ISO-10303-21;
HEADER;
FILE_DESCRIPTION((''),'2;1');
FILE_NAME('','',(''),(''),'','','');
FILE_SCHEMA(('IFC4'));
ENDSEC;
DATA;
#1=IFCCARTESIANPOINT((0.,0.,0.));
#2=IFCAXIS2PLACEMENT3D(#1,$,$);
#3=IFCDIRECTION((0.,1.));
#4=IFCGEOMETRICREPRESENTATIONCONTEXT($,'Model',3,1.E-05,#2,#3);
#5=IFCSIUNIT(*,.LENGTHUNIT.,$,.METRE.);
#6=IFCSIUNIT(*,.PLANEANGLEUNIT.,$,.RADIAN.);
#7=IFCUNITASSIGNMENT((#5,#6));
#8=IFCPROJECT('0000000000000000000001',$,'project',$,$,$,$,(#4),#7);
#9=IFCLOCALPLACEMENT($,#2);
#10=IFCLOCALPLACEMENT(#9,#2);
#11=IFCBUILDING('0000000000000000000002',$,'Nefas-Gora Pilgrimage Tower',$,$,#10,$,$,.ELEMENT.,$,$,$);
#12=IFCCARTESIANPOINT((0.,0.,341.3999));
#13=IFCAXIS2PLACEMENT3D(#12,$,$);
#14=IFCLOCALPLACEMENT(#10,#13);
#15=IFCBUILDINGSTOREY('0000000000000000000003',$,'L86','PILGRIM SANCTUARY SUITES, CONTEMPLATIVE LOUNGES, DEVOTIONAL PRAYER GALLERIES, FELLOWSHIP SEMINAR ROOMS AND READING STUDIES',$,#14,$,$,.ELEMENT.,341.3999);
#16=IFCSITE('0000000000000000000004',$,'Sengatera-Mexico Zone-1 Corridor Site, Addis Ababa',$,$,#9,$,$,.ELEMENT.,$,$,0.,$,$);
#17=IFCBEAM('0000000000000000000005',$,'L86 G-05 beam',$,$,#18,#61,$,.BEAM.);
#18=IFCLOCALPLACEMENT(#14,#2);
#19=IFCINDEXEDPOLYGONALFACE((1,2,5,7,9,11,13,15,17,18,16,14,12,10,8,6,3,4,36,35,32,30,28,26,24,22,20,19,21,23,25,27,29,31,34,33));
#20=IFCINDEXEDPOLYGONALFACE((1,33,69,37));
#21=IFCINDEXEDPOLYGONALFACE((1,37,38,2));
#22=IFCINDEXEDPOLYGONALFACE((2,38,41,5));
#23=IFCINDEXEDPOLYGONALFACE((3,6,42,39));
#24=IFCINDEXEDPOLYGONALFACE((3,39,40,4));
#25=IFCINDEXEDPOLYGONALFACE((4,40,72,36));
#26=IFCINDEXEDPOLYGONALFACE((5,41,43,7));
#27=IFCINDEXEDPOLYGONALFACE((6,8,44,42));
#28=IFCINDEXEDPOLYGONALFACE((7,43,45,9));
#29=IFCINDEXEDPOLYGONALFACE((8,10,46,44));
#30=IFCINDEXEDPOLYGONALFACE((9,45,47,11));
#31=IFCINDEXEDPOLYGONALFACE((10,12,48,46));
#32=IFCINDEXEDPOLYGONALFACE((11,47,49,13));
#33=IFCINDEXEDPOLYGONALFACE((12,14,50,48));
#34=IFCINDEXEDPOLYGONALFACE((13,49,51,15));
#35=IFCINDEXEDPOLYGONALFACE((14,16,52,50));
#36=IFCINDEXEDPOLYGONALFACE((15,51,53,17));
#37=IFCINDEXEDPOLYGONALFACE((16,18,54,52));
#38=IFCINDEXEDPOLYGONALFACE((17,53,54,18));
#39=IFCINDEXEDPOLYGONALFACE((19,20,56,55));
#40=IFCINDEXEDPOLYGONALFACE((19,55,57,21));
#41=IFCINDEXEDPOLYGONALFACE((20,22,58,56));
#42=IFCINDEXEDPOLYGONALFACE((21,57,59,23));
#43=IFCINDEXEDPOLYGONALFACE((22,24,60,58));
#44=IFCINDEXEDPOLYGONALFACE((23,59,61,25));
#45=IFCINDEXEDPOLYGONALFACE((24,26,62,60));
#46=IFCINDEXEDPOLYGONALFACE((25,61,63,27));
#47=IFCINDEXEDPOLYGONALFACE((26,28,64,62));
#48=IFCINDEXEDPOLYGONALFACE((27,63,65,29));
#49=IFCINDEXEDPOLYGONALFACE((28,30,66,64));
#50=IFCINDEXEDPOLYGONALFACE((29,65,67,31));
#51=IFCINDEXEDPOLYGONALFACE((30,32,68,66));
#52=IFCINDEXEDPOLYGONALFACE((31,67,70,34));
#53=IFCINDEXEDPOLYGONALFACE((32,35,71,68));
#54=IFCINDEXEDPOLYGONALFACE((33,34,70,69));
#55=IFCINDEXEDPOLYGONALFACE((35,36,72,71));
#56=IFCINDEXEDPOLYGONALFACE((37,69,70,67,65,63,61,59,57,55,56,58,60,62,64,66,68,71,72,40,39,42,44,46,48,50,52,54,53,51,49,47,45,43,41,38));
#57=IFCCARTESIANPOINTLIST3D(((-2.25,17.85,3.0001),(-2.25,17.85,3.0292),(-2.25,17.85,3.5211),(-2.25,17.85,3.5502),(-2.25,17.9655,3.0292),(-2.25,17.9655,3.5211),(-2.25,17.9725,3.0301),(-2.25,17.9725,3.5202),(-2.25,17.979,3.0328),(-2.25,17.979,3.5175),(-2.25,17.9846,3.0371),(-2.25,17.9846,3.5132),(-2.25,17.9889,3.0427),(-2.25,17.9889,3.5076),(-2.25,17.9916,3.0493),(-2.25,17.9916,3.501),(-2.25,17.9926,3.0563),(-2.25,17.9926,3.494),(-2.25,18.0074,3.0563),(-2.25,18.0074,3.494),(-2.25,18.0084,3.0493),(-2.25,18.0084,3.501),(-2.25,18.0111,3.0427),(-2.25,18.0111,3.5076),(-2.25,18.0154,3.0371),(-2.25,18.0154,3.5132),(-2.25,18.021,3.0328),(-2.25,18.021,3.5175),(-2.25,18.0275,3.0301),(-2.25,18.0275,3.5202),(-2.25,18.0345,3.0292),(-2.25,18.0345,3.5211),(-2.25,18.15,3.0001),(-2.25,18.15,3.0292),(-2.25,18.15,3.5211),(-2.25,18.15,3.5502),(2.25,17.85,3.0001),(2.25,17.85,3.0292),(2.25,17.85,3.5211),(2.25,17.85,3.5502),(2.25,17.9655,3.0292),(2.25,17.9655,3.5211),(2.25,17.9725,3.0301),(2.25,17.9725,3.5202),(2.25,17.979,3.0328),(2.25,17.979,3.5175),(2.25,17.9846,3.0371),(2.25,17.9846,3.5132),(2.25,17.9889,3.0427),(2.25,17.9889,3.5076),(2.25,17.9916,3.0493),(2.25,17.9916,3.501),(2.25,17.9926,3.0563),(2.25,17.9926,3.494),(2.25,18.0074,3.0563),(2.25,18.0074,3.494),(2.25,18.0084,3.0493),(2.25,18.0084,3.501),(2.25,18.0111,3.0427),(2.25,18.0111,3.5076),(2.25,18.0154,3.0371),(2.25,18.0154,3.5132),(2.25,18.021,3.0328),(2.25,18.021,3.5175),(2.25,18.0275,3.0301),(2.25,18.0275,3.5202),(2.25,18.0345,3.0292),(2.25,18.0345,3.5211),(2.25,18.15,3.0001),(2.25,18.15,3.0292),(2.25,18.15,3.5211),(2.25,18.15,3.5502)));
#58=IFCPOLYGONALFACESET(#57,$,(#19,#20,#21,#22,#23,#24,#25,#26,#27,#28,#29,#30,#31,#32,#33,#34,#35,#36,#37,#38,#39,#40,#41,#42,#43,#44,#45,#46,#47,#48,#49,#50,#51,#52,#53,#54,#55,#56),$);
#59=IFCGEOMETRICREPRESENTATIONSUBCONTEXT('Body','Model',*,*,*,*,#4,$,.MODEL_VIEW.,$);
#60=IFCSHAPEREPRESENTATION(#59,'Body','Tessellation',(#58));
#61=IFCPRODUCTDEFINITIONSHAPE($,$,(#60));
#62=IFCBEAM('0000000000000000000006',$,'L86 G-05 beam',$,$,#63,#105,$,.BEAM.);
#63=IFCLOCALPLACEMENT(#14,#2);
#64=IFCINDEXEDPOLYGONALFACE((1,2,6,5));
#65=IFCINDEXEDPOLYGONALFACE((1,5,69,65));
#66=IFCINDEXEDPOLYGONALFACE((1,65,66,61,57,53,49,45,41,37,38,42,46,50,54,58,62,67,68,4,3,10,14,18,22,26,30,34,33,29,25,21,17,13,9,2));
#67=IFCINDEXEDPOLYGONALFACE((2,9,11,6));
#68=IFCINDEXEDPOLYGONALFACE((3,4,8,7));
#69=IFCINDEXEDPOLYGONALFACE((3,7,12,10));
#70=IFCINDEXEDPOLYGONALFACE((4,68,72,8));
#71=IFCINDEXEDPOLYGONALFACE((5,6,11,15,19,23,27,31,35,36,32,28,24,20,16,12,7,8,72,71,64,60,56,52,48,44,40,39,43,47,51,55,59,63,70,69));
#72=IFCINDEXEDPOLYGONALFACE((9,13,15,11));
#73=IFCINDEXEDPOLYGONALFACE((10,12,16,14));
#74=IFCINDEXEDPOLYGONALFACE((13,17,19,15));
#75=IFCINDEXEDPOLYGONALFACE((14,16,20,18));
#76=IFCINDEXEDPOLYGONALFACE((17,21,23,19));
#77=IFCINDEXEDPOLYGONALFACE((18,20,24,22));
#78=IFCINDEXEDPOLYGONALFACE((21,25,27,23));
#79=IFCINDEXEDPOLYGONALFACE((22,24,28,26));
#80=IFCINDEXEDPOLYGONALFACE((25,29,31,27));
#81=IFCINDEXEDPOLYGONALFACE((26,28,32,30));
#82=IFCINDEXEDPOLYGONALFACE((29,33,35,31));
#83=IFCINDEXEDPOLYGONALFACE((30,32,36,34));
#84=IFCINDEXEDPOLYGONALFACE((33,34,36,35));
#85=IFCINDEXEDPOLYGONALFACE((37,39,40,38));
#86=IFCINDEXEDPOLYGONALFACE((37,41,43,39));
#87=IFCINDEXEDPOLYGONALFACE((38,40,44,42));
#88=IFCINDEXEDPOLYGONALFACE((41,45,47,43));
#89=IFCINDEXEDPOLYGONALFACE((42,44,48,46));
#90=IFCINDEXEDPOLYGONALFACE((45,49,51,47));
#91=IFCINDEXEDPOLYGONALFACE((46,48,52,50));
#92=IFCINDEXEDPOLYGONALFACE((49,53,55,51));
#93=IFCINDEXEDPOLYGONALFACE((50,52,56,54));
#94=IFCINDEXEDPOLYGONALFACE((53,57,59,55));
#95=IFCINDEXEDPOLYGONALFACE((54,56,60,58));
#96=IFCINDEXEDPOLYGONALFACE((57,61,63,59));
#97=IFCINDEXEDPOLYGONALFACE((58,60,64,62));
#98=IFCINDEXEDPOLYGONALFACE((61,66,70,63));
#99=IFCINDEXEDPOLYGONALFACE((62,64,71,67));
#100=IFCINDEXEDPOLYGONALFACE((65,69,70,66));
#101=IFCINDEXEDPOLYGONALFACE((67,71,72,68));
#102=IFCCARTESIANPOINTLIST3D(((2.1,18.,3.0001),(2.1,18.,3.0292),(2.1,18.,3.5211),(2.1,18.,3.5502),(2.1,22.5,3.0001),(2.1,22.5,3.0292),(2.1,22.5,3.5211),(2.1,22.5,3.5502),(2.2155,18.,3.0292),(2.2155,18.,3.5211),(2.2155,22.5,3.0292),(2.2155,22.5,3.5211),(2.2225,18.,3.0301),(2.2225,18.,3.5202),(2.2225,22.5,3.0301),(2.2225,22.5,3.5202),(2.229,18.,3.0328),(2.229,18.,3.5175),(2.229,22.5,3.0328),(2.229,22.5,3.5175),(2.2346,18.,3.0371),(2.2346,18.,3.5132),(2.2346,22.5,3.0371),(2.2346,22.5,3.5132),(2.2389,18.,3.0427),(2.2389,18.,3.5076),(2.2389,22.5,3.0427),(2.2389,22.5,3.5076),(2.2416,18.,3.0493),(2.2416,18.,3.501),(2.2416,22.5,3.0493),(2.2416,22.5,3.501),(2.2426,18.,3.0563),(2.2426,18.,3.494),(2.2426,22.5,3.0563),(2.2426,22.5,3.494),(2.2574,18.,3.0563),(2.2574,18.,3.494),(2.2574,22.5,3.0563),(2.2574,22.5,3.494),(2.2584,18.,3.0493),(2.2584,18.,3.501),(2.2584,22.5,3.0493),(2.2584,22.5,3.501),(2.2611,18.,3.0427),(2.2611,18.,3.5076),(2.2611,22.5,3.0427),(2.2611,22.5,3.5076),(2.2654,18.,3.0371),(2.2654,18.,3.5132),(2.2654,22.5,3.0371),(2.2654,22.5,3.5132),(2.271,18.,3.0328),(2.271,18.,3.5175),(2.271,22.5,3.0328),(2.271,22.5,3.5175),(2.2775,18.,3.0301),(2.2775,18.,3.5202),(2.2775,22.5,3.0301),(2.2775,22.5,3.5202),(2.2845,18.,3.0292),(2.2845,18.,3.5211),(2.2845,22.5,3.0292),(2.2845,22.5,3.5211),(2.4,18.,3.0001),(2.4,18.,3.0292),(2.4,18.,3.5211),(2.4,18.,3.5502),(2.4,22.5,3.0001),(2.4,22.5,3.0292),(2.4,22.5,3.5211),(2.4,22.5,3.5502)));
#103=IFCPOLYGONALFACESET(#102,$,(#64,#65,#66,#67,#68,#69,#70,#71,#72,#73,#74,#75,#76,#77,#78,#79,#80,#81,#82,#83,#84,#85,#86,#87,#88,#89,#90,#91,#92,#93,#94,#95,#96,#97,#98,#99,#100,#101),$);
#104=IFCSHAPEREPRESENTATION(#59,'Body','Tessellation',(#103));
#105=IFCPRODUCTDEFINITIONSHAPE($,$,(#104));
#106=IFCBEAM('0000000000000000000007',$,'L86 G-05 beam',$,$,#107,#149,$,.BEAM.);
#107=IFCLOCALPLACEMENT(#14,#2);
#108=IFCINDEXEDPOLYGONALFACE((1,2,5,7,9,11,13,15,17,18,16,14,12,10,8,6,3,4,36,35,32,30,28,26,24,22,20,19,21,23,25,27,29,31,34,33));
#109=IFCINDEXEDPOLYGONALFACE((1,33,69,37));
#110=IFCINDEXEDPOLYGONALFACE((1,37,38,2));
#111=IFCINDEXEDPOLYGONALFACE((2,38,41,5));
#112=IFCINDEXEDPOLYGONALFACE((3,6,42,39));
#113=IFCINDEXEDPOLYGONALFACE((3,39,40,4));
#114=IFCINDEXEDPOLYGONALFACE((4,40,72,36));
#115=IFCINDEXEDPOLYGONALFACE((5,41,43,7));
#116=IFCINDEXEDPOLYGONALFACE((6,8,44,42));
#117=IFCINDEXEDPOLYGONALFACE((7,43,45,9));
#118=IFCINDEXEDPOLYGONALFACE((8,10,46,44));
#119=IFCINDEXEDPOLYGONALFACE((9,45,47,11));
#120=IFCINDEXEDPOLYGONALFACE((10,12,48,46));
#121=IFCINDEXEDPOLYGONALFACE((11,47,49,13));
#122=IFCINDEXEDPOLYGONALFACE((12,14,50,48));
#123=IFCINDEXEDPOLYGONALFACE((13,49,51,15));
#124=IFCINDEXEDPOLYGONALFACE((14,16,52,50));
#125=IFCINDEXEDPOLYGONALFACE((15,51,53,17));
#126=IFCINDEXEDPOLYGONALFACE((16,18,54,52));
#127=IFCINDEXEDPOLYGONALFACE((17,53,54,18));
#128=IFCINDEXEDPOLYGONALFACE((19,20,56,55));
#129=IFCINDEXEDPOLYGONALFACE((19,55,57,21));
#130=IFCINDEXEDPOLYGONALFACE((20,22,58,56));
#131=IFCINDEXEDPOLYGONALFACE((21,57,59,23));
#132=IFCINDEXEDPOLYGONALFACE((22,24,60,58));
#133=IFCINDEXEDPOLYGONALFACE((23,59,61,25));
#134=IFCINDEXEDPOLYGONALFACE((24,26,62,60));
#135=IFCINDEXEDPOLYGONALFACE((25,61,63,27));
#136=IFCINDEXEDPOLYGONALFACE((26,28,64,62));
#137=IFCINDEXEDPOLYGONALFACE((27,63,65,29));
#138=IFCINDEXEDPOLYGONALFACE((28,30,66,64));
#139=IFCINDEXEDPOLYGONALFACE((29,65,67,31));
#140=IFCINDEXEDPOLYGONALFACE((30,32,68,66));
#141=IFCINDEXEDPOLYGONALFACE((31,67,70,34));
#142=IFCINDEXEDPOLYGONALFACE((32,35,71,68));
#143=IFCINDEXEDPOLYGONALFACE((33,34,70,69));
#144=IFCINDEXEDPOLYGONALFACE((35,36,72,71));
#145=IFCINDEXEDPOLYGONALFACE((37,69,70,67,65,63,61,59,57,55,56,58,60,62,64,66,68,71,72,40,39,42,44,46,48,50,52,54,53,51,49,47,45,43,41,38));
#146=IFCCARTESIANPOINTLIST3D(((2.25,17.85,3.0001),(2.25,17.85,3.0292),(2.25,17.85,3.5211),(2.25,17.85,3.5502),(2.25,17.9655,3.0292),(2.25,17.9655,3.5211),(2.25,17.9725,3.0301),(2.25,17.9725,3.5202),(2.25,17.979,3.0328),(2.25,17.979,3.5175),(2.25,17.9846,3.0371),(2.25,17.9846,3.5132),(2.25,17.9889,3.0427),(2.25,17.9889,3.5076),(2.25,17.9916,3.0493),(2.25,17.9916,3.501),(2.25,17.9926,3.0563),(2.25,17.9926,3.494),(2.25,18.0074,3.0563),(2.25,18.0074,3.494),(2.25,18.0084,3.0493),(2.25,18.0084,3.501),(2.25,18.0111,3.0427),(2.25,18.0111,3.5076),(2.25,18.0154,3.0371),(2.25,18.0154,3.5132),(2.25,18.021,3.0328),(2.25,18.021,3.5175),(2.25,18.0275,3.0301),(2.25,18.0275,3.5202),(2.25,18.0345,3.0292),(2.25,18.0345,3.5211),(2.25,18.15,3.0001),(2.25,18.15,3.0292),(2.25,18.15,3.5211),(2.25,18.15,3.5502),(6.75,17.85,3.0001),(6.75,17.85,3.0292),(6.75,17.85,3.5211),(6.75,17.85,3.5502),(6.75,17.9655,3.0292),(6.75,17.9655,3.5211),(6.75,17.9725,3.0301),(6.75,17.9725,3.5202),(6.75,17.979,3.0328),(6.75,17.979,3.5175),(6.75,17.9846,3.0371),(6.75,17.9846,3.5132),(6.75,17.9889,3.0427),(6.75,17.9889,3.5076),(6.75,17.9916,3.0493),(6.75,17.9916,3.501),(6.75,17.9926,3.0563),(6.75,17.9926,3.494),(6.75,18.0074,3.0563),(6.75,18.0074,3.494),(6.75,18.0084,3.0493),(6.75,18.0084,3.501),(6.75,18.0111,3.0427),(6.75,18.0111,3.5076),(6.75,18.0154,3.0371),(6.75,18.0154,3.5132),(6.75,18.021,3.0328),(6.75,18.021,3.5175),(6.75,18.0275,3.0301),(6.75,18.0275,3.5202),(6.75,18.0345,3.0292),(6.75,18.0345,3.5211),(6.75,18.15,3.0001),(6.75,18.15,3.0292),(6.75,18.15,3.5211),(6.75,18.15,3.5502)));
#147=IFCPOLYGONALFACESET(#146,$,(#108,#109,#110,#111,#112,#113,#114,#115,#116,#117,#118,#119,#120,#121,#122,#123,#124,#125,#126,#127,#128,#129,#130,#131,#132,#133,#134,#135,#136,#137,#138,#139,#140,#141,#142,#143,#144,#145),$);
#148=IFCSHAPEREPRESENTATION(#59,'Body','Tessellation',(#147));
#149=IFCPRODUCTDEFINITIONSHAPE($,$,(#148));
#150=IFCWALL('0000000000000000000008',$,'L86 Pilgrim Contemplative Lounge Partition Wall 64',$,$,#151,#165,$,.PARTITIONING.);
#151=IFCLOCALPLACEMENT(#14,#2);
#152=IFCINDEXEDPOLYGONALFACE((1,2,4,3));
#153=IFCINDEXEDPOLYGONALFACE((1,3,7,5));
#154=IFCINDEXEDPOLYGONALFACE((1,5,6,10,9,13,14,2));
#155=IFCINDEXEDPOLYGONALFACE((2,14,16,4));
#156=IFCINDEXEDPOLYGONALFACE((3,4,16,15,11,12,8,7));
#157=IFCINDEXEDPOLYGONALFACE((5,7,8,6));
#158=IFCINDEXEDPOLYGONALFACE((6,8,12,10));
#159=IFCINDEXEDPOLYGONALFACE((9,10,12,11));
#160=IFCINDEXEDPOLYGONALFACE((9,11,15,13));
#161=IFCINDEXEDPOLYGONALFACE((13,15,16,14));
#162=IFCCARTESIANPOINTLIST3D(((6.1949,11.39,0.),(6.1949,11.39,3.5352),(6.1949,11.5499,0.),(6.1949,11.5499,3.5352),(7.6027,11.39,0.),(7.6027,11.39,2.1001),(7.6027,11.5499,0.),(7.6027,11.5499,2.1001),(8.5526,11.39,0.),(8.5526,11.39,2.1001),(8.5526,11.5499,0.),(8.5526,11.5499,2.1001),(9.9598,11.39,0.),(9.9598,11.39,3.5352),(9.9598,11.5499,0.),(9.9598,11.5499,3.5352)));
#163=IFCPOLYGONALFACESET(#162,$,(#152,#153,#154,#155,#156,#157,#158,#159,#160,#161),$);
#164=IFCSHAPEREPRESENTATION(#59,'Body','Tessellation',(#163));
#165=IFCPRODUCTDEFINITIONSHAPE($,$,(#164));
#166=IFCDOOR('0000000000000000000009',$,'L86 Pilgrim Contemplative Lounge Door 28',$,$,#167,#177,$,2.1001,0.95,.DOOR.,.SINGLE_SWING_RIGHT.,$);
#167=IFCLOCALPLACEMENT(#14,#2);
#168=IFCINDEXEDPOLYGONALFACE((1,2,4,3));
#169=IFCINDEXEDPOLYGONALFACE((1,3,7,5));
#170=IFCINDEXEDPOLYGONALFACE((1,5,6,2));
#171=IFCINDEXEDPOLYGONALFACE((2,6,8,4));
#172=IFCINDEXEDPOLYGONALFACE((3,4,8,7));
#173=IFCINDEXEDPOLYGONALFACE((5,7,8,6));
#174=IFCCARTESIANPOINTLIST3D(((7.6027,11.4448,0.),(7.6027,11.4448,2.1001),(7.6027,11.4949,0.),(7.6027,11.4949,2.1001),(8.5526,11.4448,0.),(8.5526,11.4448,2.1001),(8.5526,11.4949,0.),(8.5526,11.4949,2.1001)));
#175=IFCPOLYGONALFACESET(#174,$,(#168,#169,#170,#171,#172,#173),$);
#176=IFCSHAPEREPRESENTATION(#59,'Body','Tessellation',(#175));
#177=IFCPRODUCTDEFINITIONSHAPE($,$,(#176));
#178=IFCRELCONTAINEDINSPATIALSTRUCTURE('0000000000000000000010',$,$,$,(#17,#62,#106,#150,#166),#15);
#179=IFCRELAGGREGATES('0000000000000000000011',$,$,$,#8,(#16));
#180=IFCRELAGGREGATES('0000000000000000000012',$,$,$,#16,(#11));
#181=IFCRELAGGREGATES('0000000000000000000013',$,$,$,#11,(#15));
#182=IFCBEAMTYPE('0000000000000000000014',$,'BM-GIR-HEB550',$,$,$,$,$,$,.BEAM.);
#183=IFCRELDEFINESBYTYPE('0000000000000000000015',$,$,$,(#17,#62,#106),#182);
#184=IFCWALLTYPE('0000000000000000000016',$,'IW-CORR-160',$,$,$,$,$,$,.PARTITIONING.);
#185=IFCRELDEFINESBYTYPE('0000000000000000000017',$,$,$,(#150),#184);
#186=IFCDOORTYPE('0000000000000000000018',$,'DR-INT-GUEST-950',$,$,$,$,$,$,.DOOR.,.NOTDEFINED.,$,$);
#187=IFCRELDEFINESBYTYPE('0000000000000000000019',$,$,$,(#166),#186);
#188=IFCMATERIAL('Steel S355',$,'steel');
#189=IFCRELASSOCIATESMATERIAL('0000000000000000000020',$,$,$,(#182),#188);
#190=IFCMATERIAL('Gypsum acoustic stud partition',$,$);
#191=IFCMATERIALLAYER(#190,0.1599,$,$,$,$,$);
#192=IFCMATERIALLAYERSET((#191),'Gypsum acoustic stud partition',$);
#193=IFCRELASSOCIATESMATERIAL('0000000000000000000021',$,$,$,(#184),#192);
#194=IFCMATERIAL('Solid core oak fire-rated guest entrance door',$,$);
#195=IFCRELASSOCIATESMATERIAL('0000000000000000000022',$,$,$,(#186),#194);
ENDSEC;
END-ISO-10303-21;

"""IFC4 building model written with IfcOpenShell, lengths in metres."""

from ifc_helpers import new_model, si_unit, direction, frame, frame_2d, origin, origin_2d, place, context, subcontext, project, spatial, rectangle, i_section, extrude, source, transform, mapped, material, layer, layer_set, material_profile, profile_set, type_object, element, fill, save


model = new_model("IFC4")

# Units and contexts
model_context = context("Model", 3, precision=1e-05, world=origin(), true_north=direction((0.0, 1.0)))
body_context = subcontext(model_context, "Body", "Model", "MODEL_VIEW")
ifc_project = project(units=[si_unit("LENGTHUNIT", "METRE"), si_unit("PLANEANGLEUNIT", "RADIAN")], contexts=[model_context])

# Site, building, storey
site_placement = place(None, origin())
site = spatial("IfcSite", under=ifc_project, at=site_placement, Name="Sengatera-Mexico Zone-1 Corridor Site, Addis Ababa", CompositionType="ELEMENT", RefElevation=0.0)
building_placement = place(site_placement, origin())
building = spatial("IfcBuilding", under=site, at=building_placement, Name="Nefas-Gora Pilgrimage Tower", CompositionType="ELEMENT")
storey_placement = place(building_placement, frame((0.0, 0.0, 341.3999)))
storey = spatial("IfcBuildingStorey", under=building, at=storey_placement, Name="L86", Description="PILGRIM SANCTUARY SUITES, CONTEMPLATIVE LOUNGES, DEVOTIONAL PRAYER GALLERIES, FELLOWSHIP SEMINAR ROOMS AND READING STUDIES", CompositionType="ELEMENT", Elevation=341.3999)

# Shared definitions
ifc_material_1 = material(Name="Steel S355", Category="steel")

# Beams
ifc_material_profile_1 = material_profile(ifc_material_1, i_section(OverallWidth=0.3, OverallDepth=0.55, WebThickness=0.0149, FlangeThickness=0.0291, FilletRadius=0.0271, at=origin_2d()), Name="HEB 550")
ifc_profile_set_1 = profile_set([ifc_material_profile_1], Name="Steel S355")
beam_type_1 = type_object("IfcBeamType", Name="BM-GIR-HEB550", PredefinedType="BEAM", material=ifc_profile_set_1)
shared_shape_1 = source(origin(), body_context, "Body", "SweptSolid", [
    extrude(i_section(OverallWidth=0.3, OverallDepth=0.55, WebThickness=0.0149, FlangeThickness=0.0291, FilletRadius=0.0271, at=origin_2d()), origin(), (0.0, 0.0, 1.0), 4.5),
])
for number, where, z_axis, x_axis, name in (
    (1, (-2.25, 18.0, 3.2751), (1.0, 0.0, 0.0), (0.0, 1.0, 0.0), "L86 G-05 beam"),
    (2, (2.25, 18.0, 3.2751), (0.0, 1.0, 0.0), (-1.0, 0.0, 0.0), "L86 G-05 beam"),
    (3, (2.25, 18.0, 3.2751), (1.0, 0.0, 0.0), (0.0, 1.0, 0.0), "L86 G-05 beam"),
):
    element("IfcBeam", number, at=place(storey_placement, frame(where, z_axis=z_axis, x_axis=x_axis)), inside=storey, type_object=beam_type_1, Name=name, PredefinedType="BEAM", context=body_context, shape_type="MappedRepresentation", body=[
        mapped(shared_shape_1, transform((0.0, 0.0, 0.0), x_axis=(1.0, 0.0, 0.0), y_axis=(0.0, 1.0, 0.0), z_axis=(0.0, 0.0, 1.0), scale=1.0)),
    ])

# Wall, opening, door
ifc_material_2 = material(Name="Gypsum acoustic stud partition")
ifc_layer_1 = layer(ifc_material_2, 0.1599)
ifc_layer_set_1 = layer_set([ifc_layer_1], Name="Gypsum acoustic stud partition")
wall_type_1 = type_object("IfcWallType", Name="IW-CORR-160", PredefinedType="PARTITIONING", material=ifc_layer_set_1)
shared_shape_2 = source(origin(), body_context, "Body", "SweptSolid", [
    extrude(rectangle(XDim=3.7649, YDim=0.1599, at=frame_2d((1.8823, 0.0))), origin(), (0.0, 0.0, 1.0), 3.5352),
])
wall_1_placement = place(storey_placement, frame((6.1951, 11.47, 0.0), z_axis=(0.0, 0.0, 1.0), x_axis=(1.0, 0.0, 0.0)))
wall_1 = element("IfcWall", 4, at=wall_1_placement, inside=storey, type_object=wall_type_1, Name="L86 Pilgrim Contemplative Lounge Partition Wall 64", PredefinedType="PARTITIONING", context=body_context, shape_type="MappedRepresentation", body=[
    mapped(shared_shape_2, transform((0.0, 0.0, 0.0), x_axis=(1.0, 0.0, 0.0), y_axis=(0.0, 1.0, 0.0), z_axis=(0.0, 0.0, 1.0), scale=1.0)),
])
opening_1_placement = place(wall_1_placement, frame((1.4075, 0.0, 0.0)))
opening_1 = element("IfcOpeningElement", 5, at=opening_1_placement, cuts=wall_1, PredefinedType="OPENING", context=body_context, shape_type="SweptSolid", body=[
    extrude(rectangle(XDim=0.95, YDim=2.1001, at=frame_2d((0.4751, 1.05))), frame((0.0, 0.0898, 0.0), z_axis=(0.0, -1.0, 0.0), x_axis=(1.0, 0.0, 0.0)), (0.0, 0.0, 1.0), 0.1799),
])
ifc_material_3 = material(Name="Solid core oak fire-rated guest entrance door")
door_type_1 = type_object("IfcDoorType", Name="DR-INT-GUEST-950", OperationType="NOTDEFINED", PredefinedType="DOOR", material=ifc_material_3)
shared_shape_3 = source(origin(), body_context, "Body", "SweptSolid", [
    extrude(rectangle(XDim=0.95, YDim=2.1001, at=frame_2d((0.4751, 1.05))), frame((0.0, 0.0249, 0.0), z_axis=(0.0, -1.0, 0.0), x_axis=(1.0, 0.0, 0.0)), (0.0, 0.0, 1.0), 0.05),
])
door_1_placement = place(opening_1_placement, origin())
door_1 = element("IfcDoor", 6, at=door_1_placement, inside=storey, type_object=door_type_1, Name="L86 Pilgrim Contemplative Lounge Door 28", OperationType="SINGLE_SWING_RIGHT", OverallHeight=2.1001, OverallWidth=0.95, PredefinedType="DOOR", context=body_context, shape_type="MappedRepresentation", body=[
    mapped(shared_shape_3, transform((0.0, 0.0, 0.0), x_axis=(1.0, 0.0, 0.0), y_axis=(0.0, 1.0, 0.0), z_axis=(0.0, 0.0, 1.0), scale=1.0)),
])
fill(opening_1, door_1)

save(model, "model.ifc")
